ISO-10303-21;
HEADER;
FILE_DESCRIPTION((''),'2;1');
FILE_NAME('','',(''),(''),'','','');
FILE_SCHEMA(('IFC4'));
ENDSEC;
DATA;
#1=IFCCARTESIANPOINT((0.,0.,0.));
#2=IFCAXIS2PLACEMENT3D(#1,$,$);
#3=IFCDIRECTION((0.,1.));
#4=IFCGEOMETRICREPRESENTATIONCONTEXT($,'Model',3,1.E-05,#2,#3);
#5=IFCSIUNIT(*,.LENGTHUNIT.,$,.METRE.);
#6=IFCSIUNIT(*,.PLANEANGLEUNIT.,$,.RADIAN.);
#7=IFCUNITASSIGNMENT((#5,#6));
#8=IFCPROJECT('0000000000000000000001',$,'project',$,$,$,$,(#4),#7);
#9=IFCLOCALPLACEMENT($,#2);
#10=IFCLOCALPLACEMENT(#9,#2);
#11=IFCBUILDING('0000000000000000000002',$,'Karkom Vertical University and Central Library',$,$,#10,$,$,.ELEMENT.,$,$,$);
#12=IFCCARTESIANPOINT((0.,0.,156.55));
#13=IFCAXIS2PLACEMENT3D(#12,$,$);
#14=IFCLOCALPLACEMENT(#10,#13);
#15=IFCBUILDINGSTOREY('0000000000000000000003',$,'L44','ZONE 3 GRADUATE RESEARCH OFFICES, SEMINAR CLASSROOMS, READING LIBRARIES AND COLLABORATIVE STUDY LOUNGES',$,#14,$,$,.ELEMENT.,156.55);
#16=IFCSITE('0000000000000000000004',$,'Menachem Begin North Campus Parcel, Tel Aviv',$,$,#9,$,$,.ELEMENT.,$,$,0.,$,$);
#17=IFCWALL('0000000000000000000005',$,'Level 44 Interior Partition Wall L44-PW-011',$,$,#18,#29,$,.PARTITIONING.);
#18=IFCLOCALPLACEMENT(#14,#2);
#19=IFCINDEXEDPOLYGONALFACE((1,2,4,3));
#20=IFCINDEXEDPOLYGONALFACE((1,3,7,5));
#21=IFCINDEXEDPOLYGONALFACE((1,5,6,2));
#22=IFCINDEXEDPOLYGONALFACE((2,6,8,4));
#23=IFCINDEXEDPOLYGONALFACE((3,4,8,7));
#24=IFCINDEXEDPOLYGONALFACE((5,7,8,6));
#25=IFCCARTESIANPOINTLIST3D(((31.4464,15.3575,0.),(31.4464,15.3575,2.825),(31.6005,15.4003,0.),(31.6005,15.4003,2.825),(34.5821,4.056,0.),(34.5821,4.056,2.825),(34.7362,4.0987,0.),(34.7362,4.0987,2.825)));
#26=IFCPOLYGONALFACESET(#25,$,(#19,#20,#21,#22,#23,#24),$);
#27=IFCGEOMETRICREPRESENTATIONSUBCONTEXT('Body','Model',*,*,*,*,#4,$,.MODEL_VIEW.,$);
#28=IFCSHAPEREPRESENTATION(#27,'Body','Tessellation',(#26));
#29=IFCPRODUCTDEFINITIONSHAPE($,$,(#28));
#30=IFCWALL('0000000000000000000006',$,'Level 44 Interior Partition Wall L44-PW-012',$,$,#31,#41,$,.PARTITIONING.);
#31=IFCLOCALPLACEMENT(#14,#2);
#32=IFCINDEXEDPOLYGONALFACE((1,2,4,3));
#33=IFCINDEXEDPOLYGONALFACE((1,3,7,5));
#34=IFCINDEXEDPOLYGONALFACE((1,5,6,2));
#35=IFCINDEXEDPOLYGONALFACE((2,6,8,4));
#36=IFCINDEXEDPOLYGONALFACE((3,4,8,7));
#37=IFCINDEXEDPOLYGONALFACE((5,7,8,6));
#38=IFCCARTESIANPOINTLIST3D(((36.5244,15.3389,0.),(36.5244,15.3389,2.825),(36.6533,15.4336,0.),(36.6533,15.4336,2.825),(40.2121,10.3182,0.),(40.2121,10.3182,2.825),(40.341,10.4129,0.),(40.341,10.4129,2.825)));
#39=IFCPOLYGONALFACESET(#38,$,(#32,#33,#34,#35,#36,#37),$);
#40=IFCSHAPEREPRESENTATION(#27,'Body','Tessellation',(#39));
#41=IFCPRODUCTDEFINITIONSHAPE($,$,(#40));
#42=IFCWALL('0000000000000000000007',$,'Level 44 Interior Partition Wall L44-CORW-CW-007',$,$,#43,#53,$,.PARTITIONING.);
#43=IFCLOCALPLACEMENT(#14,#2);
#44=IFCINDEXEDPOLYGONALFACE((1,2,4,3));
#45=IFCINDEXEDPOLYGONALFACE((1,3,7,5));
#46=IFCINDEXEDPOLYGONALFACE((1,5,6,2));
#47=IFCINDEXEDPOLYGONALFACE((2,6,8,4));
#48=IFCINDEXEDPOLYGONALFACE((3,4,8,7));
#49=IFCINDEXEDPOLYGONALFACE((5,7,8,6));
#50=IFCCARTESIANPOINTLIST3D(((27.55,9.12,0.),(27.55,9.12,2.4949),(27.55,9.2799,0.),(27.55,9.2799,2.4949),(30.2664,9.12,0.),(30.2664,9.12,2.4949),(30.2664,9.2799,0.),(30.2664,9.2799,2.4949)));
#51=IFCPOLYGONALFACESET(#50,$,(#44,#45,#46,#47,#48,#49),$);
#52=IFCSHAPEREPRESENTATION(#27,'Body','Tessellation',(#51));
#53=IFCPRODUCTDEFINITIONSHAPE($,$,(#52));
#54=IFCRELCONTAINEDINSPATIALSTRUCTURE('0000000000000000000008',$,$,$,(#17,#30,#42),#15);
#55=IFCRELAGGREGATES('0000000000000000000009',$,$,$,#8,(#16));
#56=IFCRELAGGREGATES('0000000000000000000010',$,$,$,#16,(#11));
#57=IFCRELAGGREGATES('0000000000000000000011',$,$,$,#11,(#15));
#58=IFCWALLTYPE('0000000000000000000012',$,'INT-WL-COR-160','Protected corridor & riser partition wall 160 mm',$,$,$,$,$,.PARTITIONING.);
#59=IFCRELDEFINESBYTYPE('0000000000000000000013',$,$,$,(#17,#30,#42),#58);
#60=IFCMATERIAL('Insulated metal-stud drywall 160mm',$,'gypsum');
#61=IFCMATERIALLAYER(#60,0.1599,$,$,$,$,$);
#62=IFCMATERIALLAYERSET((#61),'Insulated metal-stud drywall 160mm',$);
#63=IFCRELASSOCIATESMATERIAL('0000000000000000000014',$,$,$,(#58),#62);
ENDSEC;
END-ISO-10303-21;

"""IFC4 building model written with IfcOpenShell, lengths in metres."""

from ifc_helpers import new_model, si_unit, direction, frame, frame_2d, origin, place, context, subcontext, project, spatial, rectangle, extrude, material, layer, layer_set, type_object, element, save


model = new_model("IFC4")

# Units and contexts
model_context = context("Model", 3, precision=1e-05, world=origin(), true_north=direction((0.0, 1.0)))
body_context = subcontext(model_context, "Body", "Model", "MODEL_VIEW")
ifc_project = project(units=[si_unit("LENGTHUNIT", "METRE"), si_unit("PLANEANGLEUNIT", "RADIAN")], contexts=[model_context])

# Site, building, storey
site_placement = place(None, origin())
site = spatial("IfcSite", under=ifc_project, at=site_placement, Name="Menachem Begin North Campus Parcel, Tel Aviv", CompositionType="ELEMENT", RefElevation=0.0)
building_placement = place(site_placement, origin())
building = spatial("IfcBuilding", under=site, at=building_placement, Name="Karkom Vertical University and Central Library", CompositionType="ELEMENT")
storey_placement = place(building_placement, frame((0.0, 0.0, 156.55)))
storey = spatial("IfcBuildingStorey", under=building, at=storey_placement, Name="L44", Description="ZONE 3 GRADUATE RESEARCH OFFICES, SEMINAR CLASSROOMS, READING LIBRARIES AND COLLABORATIVE STUDY LOUNGES", CompositionType="ELEMENT", Elevation=156.55)

# Wall
ifc_material_1 = material(Name="Insulated metal-stud drywall 160mm", Category="gypsum")
ifc_layer_1 = layer(ifc_material_1, 0.1599)
ifc_layer_set_1 = layer_set([ifc_layer_1], Name="Insulated metal-stud drywall 160mm")
wall_type_1 = type_object("IfcWallType", Name="INT-WL-COR-160", Description="Protected corridor & riser partition wall 160 mm", PredefinedType="PARTITIONING", material=ifc_layer_set_1)
wall_1_placement = place(storey_placement, frame((31.5234, 15.3789, 0.0), z_axis=(0.0, 0.0, 1.0), x_axis=(0.267361, -0.963596, 0.0)))
element("IfcWall", 1, at=wall_1_placement, inside=storey, type_object=wall_type_1, Name="Level 44 Interior Partition Wall L44-PW-011", PredefinedType="PARTITIONING", context=body_context, shape_type="SweptSolid", body=[
    extrude(rectangle(XDim=11.7285, YDim=0.1599, at=frame_2d((5.8643, 0.0))), origin(), (0.0, 0.0, 1.0), 2.825),
])

# Walls
wall_2_placement = place(storey_placement, frame((36.5889, 15.3862, 0.0), z_axis=(0.0, 0.0, 1.0), x_axis=(0.591975, -0.805956, 0.0)))
element("IfcWall", 2, at=wall_2_placement, inside=storey, type_object=wall_type_1, Name="Level 44 Interior Partition Wall L44-PW-012", PredefinedType="PARTITIONING", context=body_context, shape_type="SweptSolid", body=[
    extrude(rectangle(XDim=6.2295, YDim=0.1599, at=frame_2d((3.1147, 0.0))), origin(), (0.0, 0.0, 1.0), 2.825),
])
wall_3_placement = place(storey_placement, frame((30.2664, 9.2, 0.0), z_axis=(0.0, 0.0, 1.0), x_axis=(-1.0, 0.0, 0.0)))
element("IfcWall", 3, at=wall_3_placement, inside=storey, type_object=wall_type_1, Name="Level 44 Interior Partition Wall L44-CORW-CW-007", PredefinedType="PARTITIONING", context=body_context, shape_type="SweptSolid", body=[
    extrude(rectangle(XDim=2.7163, YDim=0.1599, at=frame_2d((1.3582, 0.0))), origin(), (0.0, 0.0, 1.0), 2.4949),
])

save(model, "model.ifc")
